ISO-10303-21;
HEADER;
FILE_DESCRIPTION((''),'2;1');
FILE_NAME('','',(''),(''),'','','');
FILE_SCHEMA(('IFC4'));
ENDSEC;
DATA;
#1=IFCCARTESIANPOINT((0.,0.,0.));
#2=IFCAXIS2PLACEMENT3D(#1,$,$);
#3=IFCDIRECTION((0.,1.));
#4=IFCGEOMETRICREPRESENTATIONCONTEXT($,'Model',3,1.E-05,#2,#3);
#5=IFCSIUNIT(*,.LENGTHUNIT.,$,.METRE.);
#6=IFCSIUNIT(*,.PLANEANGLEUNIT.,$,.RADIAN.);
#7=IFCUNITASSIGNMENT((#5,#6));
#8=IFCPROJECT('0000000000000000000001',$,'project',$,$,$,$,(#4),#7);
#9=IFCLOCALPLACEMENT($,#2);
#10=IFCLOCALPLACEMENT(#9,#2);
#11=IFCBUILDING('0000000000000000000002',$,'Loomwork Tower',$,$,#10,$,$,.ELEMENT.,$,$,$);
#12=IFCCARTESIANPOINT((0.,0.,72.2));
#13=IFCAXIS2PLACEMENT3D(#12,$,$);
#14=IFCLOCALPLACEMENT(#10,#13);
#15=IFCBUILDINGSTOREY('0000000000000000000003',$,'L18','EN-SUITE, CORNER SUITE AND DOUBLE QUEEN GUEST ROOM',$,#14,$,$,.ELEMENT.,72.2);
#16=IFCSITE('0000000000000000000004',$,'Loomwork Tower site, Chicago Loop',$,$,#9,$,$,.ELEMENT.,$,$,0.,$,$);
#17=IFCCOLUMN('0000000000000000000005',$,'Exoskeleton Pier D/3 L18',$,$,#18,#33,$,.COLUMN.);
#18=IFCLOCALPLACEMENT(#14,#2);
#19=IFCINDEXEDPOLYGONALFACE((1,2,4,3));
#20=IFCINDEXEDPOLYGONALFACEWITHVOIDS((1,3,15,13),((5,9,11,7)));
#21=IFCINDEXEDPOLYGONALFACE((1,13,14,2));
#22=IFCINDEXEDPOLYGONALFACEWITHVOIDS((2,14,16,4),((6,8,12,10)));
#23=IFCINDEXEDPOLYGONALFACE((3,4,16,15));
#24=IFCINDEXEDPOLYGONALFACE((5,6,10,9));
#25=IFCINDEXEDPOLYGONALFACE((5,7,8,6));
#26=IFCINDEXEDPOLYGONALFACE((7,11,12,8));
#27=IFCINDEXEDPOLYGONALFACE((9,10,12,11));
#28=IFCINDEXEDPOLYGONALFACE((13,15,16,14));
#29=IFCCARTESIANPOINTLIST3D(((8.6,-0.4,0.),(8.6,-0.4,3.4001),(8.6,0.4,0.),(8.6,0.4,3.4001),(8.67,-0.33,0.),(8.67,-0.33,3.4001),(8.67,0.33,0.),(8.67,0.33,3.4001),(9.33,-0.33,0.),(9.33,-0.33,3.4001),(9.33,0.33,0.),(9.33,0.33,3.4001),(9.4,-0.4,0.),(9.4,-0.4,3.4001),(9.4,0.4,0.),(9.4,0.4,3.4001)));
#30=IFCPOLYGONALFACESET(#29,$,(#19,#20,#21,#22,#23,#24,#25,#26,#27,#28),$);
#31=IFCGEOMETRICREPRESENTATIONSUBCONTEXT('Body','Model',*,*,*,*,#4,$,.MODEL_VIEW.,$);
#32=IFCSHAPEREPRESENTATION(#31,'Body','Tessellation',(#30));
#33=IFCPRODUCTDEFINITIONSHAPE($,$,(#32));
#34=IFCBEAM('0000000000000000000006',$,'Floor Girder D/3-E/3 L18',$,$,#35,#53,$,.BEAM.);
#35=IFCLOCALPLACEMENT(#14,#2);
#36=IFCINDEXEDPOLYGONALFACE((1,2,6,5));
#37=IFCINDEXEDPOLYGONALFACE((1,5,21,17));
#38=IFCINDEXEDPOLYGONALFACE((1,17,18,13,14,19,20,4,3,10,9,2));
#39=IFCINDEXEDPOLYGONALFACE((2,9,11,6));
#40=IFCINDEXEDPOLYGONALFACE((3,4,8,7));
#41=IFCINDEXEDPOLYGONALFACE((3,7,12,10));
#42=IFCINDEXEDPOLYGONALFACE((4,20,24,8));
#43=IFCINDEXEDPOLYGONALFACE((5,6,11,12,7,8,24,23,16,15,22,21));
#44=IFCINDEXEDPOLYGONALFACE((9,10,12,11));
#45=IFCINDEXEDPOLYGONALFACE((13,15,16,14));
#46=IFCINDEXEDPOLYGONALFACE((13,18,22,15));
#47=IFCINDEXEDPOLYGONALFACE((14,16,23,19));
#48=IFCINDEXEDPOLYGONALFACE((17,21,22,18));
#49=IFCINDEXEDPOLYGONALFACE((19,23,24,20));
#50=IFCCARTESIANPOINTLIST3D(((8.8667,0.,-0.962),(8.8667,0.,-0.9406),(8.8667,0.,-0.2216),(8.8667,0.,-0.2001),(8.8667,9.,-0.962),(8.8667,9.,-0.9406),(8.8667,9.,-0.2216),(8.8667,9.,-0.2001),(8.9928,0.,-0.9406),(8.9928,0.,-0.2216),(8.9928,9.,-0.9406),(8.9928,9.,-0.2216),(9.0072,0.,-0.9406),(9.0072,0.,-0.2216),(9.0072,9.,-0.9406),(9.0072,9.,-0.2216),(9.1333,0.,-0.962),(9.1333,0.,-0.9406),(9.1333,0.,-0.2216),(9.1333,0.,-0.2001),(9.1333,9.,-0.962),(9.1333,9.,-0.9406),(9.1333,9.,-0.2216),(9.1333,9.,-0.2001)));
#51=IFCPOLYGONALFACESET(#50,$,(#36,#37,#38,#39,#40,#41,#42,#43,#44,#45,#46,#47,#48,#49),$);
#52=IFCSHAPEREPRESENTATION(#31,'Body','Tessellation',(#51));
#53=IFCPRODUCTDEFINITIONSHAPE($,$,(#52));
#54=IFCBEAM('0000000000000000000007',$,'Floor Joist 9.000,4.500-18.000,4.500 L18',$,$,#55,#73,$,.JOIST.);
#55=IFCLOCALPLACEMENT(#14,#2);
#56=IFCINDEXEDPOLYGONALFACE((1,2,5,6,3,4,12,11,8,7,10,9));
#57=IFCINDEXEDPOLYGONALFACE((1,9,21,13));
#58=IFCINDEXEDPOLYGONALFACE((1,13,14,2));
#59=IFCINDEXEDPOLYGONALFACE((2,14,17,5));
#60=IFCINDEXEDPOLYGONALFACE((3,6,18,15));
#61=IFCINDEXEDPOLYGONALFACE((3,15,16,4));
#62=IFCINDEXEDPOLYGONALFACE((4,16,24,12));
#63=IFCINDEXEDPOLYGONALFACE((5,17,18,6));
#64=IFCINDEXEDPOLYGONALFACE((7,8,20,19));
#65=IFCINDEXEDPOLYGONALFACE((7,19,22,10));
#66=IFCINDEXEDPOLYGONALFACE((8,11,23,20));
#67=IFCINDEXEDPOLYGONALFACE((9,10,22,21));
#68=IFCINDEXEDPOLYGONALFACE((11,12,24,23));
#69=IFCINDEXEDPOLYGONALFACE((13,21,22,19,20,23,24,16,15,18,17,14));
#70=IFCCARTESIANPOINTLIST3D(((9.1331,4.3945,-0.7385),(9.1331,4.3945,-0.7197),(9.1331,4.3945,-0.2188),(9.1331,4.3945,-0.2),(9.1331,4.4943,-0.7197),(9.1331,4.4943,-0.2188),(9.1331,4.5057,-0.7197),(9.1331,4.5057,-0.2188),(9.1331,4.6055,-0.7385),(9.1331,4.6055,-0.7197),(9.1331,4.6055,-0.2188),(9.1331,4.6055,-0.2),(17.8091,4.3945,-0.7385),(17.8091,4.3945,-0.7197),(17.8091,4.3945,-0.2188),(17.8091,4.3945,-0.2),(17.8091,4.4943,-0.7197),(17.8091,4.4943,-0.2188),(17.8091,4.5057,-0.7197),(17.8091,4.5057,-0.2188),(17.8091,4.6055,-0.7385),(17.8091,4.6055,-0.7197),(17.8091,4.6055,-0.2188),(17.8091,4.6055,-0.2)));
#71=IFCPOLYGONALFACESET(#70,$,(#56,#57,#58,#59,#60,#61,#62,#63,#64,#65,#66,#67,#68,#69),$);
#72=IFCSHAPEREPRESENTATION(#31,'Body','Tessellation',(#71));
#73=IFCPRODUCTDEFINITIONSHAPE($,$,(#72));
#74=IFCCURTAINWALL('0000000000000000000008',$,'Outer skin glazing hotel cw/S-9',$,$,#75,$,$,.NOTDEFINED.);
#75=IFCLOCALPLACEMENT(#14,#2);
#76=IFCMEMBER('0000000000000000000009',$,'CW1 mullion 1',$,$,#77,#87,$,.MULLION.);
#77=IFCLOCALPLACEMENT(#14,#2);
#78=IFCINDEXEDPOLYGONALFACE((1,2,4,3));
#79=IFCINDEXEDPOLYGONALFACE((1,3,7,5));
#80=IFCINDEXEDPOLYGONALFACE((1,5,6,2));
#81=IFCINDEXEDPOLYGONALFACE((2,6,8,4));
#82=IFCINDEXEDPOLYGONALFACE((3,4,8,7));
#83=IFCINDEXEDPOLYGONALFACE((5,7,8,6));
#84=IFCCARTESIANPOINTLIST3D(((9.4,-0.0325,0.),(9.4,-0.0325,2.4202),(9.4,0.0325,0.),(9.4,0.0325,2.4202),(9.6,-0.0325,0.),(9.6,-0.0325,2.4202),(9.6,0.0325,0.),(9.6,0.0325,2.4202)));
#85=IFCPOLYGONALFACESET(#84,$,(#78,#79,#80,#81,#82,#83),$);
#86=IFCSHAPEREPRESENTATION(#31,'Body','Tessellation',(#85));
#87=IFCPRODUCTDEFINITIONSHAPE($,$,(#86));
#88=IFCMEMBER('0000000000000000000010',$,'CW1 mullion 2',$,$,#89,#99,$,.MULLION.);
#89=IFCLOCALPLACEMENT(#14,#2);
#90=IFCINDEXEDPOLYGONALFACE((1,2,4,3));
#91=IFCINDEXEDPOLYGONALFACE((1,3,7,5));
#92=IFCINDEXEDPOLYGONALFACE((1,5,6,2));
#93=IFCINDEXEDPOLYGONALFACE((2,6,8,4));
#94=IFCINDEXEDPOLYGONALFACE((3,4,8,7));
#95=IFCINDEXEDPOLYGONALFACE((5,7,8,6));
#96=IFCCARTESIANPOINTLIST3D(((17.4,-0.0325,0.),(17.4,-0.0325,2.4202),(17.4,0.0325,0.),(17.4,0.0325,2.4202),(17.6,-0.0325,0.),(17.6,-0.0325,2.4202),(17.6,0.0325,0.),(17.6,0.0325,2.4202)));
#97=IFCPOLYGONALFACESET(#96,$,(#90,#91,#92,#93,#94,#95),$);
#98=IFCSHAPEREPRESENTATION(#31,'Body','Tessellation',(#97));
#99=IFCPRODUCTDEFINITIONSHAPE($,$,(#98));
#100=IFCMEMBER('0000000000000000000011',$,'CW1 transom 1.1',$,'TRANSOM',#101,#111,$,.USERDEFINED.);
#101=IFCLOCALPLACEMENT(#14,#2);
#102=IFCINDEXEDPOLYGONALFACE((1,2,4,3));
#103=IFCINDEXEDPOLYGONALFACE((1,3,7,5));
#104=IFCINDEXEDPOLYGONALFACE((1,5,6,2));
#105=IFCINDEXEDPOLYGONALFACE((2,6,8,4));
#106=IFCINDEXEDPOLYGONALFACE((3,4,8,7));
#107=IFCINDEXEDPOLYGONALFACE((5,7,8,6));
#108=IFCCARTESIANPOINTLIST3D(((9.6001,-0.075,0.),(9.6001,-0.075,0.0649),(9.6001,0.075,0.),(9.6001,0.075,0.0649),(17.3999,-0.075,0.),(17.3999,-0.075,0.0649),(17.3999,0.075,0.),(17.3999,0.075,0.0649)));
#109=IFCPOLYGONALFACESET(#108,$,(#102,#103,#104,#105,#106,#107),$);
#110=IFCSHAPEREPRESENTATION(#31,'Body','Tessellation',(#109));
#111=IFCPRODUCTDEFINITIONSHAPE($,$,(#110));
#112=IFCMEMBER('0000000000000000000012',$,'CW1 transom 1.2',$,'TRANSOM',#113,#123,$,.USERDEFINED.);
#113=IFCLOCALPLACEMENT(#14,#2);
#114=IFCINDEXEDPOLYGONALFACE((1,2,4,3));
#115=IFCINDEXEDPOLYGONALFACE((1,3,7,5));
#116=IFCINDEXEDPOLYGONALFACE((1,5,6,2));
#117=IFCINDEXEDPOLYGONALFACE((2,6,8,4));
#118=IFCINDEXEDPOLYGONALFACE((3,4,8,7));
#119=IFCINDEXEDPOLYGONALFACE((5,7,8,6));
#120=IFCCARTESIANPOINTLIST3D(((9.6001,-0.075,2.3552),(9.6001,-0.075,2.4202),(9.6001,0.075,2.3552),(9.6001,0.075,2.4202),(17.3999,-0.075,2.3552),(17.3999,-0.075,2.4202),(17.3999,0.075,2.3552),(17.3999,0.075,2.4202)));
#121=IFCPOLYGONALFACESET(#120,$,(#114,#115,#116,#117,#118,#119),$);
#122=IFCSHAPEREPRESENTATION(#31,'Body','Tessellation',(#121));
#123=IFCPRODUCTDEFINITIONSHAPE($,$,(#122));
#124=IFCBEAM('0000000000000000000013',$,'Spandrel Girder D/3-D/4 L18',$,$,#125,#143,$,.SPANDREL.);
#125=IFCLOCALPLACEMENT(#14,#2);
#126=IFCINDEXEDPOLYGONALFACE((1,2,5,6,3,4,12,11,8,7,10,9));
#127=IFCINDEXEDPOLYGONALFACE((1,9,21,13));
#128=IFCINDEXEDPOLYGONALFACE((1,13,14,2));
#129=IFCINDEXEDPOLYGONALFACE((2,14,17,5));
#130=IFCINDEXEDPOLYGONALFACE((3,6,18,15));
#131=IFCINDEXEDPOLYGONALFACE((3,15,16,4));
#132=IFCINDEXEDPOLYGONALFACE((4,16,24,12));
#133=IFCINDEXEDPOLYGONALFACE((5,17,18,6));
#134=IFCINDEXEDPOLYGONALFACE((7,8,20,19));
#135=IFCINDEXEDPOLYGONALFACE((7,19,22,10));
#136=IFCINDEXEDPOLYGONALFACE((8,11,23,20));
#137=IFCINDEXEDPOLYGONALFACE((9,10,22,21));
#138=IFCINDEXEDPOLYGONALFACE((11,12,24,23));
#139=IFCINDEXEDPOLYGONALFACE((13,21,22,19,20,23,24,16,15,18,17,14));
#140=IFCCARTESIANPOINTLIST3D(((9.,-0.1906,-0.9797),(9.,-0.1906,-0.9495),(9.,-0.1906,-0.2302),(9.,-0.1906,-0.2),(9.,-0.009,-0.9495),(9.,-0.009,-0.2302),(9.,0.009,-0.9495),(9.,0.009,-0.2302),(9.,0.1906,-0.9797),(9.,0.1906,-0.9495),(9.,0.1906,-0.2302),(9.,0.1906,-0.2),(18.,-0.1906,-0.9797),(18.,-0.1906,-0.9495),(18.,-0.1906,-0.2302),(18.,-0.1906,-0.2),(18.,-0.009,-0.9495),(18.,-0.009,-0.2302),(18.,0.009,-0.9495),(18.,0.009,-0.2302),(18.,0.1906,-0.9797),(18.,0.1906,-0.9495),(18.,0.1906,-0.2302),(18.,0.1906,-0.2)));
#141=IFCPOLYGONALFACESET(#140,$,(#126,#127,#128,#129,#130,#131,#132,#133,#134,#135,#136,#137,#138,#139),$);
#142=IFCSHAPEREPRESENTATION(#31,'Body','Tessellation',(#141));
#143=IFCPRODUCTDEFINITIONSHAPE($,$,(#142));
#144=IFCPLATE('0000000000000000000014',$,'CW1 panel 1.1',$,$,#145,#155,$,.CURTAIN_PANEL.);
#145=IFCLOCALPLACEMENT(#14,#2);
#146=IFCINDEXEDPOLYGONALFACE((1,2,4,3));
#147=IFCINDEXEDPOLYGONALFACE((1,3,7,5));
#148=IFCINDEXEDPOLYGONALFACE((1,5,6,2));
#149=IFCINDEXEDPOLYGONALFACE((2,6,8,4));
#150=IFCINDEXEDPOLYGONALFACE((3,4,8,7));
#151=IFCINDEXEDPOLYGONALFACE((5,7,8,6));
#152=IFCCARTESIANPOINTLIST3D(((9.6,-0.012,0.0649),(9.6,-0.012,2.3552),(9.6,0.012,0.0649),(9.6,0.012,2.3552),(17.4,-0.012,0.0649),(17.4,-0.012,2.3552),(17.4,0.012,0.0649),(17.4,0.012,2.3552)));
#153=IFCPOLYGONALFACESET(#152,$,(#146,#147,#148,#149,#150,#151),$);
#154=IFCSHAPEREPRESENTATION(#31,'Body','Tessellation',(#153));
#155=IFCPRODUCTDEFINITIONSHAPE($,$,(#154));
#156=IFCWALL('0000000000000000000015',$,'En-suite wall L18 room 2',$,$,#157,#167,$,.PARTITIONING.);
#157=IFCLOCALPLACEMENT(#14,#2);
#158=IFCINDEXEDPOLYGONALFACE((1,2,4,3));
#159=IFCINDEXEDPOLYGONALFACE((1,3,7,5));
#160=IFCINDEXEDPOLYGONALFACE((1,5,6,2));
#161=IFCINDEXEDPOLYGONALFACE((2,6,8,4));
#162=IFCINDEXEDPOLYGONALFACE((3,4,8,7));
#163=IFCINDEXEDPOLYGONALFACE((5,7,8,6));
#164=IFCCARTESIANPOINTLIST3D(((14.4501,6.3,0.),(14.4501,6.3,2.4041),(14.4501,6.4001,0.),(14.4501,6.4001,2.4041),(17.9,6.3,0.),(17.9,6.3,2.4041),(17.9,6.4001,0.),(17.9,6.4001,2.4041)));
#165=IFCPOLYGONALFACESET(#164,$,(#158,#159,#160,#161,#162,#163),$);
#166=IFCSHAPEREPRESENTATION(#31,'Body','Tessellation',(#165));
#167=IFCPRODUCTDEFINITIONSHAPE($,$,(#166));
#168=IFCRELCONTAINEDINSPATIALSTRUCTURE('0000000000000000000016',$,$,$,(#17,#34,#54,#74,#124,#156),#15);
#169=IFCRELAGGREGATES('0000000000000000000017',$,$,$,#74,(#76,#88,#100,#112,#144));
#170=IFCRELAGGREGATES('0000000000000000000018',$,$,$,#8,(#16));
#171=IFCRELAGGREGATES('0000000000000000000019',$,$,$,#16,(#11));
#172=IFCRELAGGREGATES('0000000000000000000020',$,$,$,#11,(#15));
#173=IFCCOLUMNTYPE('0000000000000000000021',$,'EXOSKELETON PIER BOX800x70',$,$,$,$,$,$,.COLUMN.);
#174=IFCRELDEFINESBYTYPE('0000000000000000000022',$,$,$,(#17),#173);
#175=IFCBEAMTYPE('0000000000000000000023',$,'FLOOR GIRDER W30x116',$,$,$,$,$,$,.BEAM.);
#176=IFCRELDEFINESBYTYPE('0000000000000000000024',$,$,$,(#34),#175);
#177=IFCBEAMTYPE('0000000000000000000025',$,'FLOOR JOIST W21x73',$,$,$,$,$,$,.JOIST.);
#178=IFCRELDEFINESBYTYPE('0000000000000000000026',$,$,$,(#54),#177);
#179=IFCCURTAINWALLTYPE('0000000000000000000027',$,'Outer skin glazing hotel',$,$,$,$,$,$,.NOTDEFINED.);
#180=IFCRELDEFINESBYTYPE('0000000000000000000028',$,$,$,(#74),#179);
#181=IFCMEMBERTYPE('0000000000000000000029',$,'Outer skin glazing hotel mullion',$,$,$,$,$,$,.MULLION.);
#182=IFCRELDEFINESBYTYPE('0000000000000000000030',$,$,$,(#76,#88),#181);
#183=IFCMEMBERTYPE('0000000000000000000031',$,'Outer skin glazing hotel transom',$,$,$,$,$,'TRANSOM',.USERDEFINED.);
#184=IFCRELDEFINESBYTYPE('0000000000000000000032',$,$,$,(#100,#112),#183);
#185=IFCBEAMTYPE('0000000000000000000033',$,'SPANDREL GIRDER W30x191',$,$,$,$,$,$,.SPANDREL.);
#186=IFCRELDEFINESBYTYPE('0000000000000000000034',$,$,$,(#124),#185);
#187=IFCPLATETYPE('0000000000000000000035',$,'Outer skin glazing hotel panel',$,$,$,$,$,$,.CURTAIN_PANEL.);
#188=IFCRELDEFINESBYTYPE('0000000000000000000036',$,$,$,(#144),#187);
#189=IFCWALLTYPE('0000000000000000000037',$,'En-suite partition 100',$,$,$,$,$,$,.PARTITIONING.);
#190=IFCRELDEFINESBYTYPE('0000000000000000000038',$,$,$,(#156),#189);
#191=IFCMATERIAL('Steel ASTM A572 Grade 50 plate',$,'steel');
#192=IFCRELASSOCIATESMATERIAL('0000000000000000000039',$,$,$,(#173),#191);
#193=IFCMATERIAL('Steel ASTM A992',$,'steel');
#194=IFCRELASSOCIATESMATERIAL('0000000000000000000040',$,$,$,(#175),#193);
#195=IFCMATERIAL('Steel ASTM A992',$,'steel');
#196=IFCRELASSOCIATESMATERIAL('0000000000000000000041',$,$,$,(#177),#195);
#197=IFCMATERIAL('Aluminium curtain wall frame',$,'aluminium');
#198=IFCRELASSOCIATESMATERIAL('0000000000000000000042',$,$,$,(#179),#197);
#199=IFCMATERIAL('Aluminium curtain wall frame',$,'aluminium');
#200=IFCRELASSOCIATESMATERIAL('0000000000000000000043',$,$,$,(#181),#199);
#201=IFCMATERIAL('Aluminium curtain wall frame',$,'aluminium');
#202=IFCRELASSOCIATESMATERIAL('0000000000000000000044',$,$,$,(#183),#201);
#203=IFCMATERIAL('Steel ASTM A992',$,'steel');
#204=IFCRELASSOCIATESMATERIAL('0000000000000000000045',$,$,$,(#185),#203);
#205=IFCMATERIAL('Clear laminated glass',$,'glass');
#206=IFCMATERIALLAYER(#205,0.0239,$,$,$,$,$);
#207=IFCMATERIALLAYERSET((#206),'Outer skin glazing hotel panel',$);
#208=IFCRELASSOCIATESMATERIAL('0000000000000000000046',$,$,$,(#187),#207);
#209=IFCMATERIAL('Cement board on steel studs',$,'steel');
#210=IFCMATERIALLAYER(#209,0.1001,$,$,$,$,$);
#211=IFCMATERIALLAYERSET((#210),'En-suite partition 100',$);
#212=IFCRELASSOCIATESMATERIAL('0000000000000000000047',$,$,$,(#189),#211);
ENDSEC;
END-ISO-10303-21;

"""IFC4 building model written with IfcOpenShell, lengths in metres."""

from ifc_helpers import new_model, si_unit, direction, frame, frame_2d, origin, origin_2d, place, context, subcontext, project, spatial, rectangle, hollow_rectangle, i_section, extrude, material, layer, layer_set, material_profile, profile_set, type_object, element, aggregate, save


model = new_model("IFC4")

# Units and contexts
model_context = context("Model", 3, precision=1e-05, world=origin(), true_north=direction((0.0, 1.0)))
body_context = subcontext(model_context, "Body", "Model", "MODEL_VIEW")
ifc_project = project(units=[si_unit("LENGTHUNIT", "METRE"), si_unit("PLANEANGLEUNIT", "RADIAN")], contexts=[model_context])

# Site, building, storey
site_placement = place(None, origin())
site = spatial("IfcSite", under=ifc_project, at=site_placement, Name="Loomwork Tower site, Chicago Loop", CompositionType="ELEMENT", RefElevation=0.0)
building_placement = place(site_placement, origin())
building = spatial("IfcBuilding", under=site, at=building_placement, Name="Loomwork Tower", CompositionType="ELEMENT")
storey_placement = place(building_placement, frame((0.0, 0.0, 72.2)))
storey = spatial("IfcBuildingStorey", under=building, at=storey_placement, Name="L18", Description="EN-SUITE, CORNER SUITE AND DOUBLE QUEEN GUEST ROOM", CompositionType="ELEMENT", Elevation=72.2)

# Column
ifc_material_1 = material(Name="Steel ASTM A572 Grade 50 plate", Category="steel")
ifc_material_profile_1 = material_profile(ifc_material_1, hollow_rectangle(XDim=0.8, YDim=0.8, WallThickness=0.0701, at=origin_2d()), Name="BOX800x70")
ifc_profile_set_1 = profile_set([ifc_material_profile_1], Name="Steel ASTM A572 Grade 50 plate")
column_type = type_object("IfcColumnType", Name="EXOSKELETON PIER BOX800x70", PredefinedType="COLUMN", material=ifc_profile_set_1)
column_placement = place(storey_placement, frame((9.0, 0.0, 0.0), z_axis=(0.0, 0.0, 1.0), x_axis=(1.0, 0.0, 0.0)))
element("IfcColumn", 1, at=column_placement, inside=storey, type_object=column_type, Name="Exoskeleton Pier D/3 L18", PredefinedType="COLUMN", context=body_context, shape_type="SweptSolid", body=[
    extrude(hollow_rectangle(XDim=0.8, YDim=0.8, WallThickness=0.0701, at=origin_2d()), origin(), (0.0, 0.0, 1.0), 3.4001),
])

# Beams
ifc_material_2 = material(Name="Steel ASTM A992", Category="steel")
ifc_material_profile_2 = material_profile(ifc_material_2, i_section(OverallWidth=0.2666, OverallDepth=0.762, WebThickness=0.0144, FlangeThickness=0.0215, at=origin_2d()), Name="W30x116")
ifc_profile_set_2 = profile_set([ifc_material_profile_2], Name="Steel ASTM A992")
beam_type_1 = type_object("IfcBeamType", Name="FLOOR GIRDER W30x116", PredefinedType="BEAM", material=ifc_profile_set_2)
beam_1_placement = place(storey_placement, frame((9.0, 0.0, -0.5811), z_axis=(0.0, 1.0, 0.0), x_axis=(-1.0, 0.0, 0.0)))
element("IfcBeam", 2, at=beam_1_placement, inside=storey, type_object=beam_type_1, Name="Floor Girder D/3-E/3 L18", PredefinedType="BEAM", context=body_context, shape_type="SweptSolid", body=[
    extrude(i_section(OverallWidth=0.2666, OverallDepth=0.762, WebThickness=0.0144, FlangeThickness=0.0215, at=origin_2d()), origin(), (0.0, 0.0, 1.0), 9.0),
])
ifc_material_3 = material(Name="Steel ASTM A992", Category="steel")
ifc_material_profile_3 = material_profile(ifc_material_3, i_section(OverallWidth=0.2109, OverallDepth=0.5386, WebThickness=0.0115, FlangeThickness=0.0188, at=origin_2d()), Name="W21x73")
ifc_profile_set_3 = profile_set([ifc_material_profile_3], Name="Steel ASTM A992")
beam_type_2 = type_object("IfcBeamType", Name="FLOOR JOIST W21x73", PredefinedType="JOIST", material=ifc_profile_set_3)
beam_2_placement = place(storey_placement, frame((9.1331, 4.5, -0.4692), z_axis=(1.0, 0.0, 0.0), x_axis=(0.0, 1.0, 0.0)))
element("IfcBeam", 3, at=beam_2_placement, inside=storey, type_object=beam_type_2, Name="Floor Joist 9.000,4.500-18.000,4.500 L18", PredefinedType="JOIST", context=body_context, shape_type="SweptSolid", body=[
    extrude(i_section(OverallWidth=0.2109, OverallDepth=0.5386, WebThickness=0.0115, FlangeThickness=0.0188, at=origin_2d()), origin(), (0.0, 0.0, 1.0), 8.676),
])

# Curtain wall, members
ifc_material_4 = material(Name="Aluminium curtain wall frame", Category="aluminium")
curtain_wall_type = type_object("IfcCurtainWallType", Name="Outer skin glazing hotel", PredefinedType="NOTDEFINED", material=ifc_material_4)
curtain_wall_placement = place(storey_placement, origin())
curtain_wall = element("IfcCurtainWall", 4, at=curtain_wall_placement, inside=storey, type_object=curtain_wall_type, Name="Outer skin glazing hotel cw/S-9", PredefinedType="NOTDEFINED")
ifc_material_5 = material(Name="Aluminium curtain wall frame", Category="aluminium")
ifc_material_profile_4 = material_profile(ifc_material_5, rectangle(XDim=0.0649, YDim=0.2, at=origin_2d()), Name="AL 65x200")
ifc_profile_set_4 = profile_set([ifc_material_profile_4], Name="Aluminium curtain wall frame")
member_type_1 = type_object("IfcMemberType", Name="Outer skin glazing hotel mullion", PredefinedType="MULLION", material=ifc_profile_set_4)
member_1_placement = place(storey_placement, frame((9.5, 0.0, 0.0), z_axis=(0.0, 0.0, 1.0), x_axis=(0.0, 1.0, 0.0)))
member_1 = element("IfcMember", 5, at=member_1_placement, type_object=member_type_1, Name="CW1 mullion 1", PredefinedType="MULLION", context=body_context, shape_type="SweptSolid", body=[
    extrude(rectangle(XDim=0.0649, YDim=0.2, at=origin_2d()), origin(), (0.0, 0.0, 1.0), 2.4202),
])
member_2_placement = place(storey_placement, frame((17.5, 0.0, 0.0), z_axis=(0.0, 0.0, 1.0), x_axis=(0.0, 1.0, 0.0)))
member_2 = element("IfcMember", 6, at=member_2_placement, type_object=member_type_1, Name="CW1 mullion 2", PredefinedType="MULLION", context=body_context, shape_type="SweptSolid", body=[
    extrude(rectangle(XDim=0.0649, YDim=0.2, at=origin_2d()), origin(), (0.0, 0.0, 1.0), 2.4202),
])
ifc_material_6 = material(Name="Aluminium curtain wall frame", Category="aluminium")
ifc_material_profile_5 = material_profile(ifc_material_6, rectangle(XDim=0.1499, YDim=0.0649, at=origin_2d()), Name="AL 65x150")
ifc_profile_set_5 = profile_set([ifc_material_profile_5], Name="Aluminium curtain wall frame")
member_type_2 = type_object("IfcMemberType", Name="Outer skin glazing hotel transom", ElementType="TRANSOM", PredefinedType="USERDEFINED", material=ifc_profile_set_5)
member_3_placement = place(storey_placement, frame((9.6001, 0.0, 0.0325), z_axis=(1.0, 0.0, 0.0), x_axis=(0.0, 1.0, 0.0)))
member_3 = element("IfcMember", 7, at=member_3_placement, type_object=member_type_2, Name="CW1 transom 1.1", ObjectType="TRANSOM", PredefinedType="USERDEFINED", context=body_context, shape_type="SweptSolid", body=[
    extrude(rectangle(XDim=0.1499, YDim=0.0649, at=origin_2d()), origin(), (0.0, 0.0, 1.0), 7.7998),
])
member_4_placement = place(storey_placement, frame((9.6001, 0.0, 2.3877), z_axis=(1.0, 0.0, 0.0), x_axis=(0.0, 1.0, 0.0)))
member_4 = element("IfcMember", 8, at=member_4_placement, type_object=member_type_2, Name="CW1 transom 1.2", ObjectType="TRANSOM", PredefinedType="USERDEFINED", context=body_context, shape_type="SweptSolid", body=[
    extrude(rectangle(XDim=0.1499, YDim=0.0649, at=origin_2d()), origin(), (0.0, 0.0, 1.0), 7.7998),
])

# Beam
ifc_material_7 = material(Name="Steel ASTM A992", Category="steel")
ifc_material_profile_6 = material_profile(ifc_material_7, i_section(OverallWidth=0.3811, OverallDepth=0.7798, WebThickness=0.0181, FlangeThickness=0.0303, at=origin_2d()), Name="W30x191")
ifc_profile_set_6 = profile_set([ifc_material_profile_6], Name="Steel ASTM A992")
beam_type_3 = type_object("IfcBeamType", Name="SPANDREL GIRDER W30x191", PredefinedType="SPANDREL", material=ifc_profile_set_6)
beam_3_placement = place(storey_placement, frame((9.0, 0.0, -0.5898), z_axis=(1.0, 0.0, 0.0), x_axis=(0.0, 1.0, 0.0)))
element("IfcBeam", 9, at=beam_3_placement, inside=storey, type_object=beam_type_3, Name="Spandrel Girder D/3-D/4 L18", PredefinedType="SPANDREL", context=body_context, shape_type="SweptSolid", body=[
    extrude(i_section(OverallWidth=0.3811, OverallDepth=0.7798, WebThickness=0.0181, FlangeThickness=0.0303, at=origin_2d()), origin(), (0.0, 0.0, 1.0), 9.0),
])

# Plate
ifc_material_8 = material(Name="Clear laminated glass", Category="glass")
ifc_layer_1 = layer(ifc_material_8, 0.0239)
ifc_layer_set_1 = layer_set([ifc_layer_1], Name="Outer skin glazing hotel panel")
plate_type = type_object("IfcPlateType", Name="Outer skin glazing hotel panel", PredefinedType="CURTAIN_PANEL", material=ifc_layer_set_1)
plate_placement = place(storey_placement, frame((13.5, 0.0, 0.0649), z_axis=(0.0, 0.0, 1.0), x_axis=(1.0, 0.0, 0.0)))
plate = element("IfcPlate", 10, at=plate_placement, type_object=plate_type, Name="CW1 panel 1.1", PredefinedType="CURTAIN_PANEL", context=body_context, shape_type="SweptSolid", body=[
    extrude(rectangle(XDim=7.8, YDim=0.0239, at=origin_2d()), origin(), (0.0, 0.0, 1.0), 2.2903),
])
aggregate(curtain_wall, [member_1, member_2, member_3, member_4, plate])

# Wall
ifc_material_9 = material(Name="Cement board on steel studs", Category="steel")
ifc_layer_2 = layer(ifc_material_9, 0.1001)
ifc_layer_set_2 = layer_set([ifc_layer_2], Name="En-suite partition 100")
wall_type_1 = type_object("IfcWallType", Name="En-suite partition 100", PredefinedType="PARTITIONING", material=ifc_layer_set_2)
wall_1_placement = place(storey_placement, frame((14.45, 6.3501, 0.0), z_axis=(0.0, 0.0, 1.0), x_axis=(1.0, 0.0, 0.0)))
element("IfcWall", 11, at=wall_1_placement, inside=storey, type_object=wall_type_1, Name="En-suite wall L18 room 2", PredefinedType="PARTITIONING", context=body_context, shape_type="SweptSolid", body=[
    extrude(rectangle(XDim=3.45, YDim=0.1001, at=frame_2d((1.7251, 0.0))), origin(), (0.0, 0.0, 1.0), 2.4041),
])

save(model, "model.ifc")
